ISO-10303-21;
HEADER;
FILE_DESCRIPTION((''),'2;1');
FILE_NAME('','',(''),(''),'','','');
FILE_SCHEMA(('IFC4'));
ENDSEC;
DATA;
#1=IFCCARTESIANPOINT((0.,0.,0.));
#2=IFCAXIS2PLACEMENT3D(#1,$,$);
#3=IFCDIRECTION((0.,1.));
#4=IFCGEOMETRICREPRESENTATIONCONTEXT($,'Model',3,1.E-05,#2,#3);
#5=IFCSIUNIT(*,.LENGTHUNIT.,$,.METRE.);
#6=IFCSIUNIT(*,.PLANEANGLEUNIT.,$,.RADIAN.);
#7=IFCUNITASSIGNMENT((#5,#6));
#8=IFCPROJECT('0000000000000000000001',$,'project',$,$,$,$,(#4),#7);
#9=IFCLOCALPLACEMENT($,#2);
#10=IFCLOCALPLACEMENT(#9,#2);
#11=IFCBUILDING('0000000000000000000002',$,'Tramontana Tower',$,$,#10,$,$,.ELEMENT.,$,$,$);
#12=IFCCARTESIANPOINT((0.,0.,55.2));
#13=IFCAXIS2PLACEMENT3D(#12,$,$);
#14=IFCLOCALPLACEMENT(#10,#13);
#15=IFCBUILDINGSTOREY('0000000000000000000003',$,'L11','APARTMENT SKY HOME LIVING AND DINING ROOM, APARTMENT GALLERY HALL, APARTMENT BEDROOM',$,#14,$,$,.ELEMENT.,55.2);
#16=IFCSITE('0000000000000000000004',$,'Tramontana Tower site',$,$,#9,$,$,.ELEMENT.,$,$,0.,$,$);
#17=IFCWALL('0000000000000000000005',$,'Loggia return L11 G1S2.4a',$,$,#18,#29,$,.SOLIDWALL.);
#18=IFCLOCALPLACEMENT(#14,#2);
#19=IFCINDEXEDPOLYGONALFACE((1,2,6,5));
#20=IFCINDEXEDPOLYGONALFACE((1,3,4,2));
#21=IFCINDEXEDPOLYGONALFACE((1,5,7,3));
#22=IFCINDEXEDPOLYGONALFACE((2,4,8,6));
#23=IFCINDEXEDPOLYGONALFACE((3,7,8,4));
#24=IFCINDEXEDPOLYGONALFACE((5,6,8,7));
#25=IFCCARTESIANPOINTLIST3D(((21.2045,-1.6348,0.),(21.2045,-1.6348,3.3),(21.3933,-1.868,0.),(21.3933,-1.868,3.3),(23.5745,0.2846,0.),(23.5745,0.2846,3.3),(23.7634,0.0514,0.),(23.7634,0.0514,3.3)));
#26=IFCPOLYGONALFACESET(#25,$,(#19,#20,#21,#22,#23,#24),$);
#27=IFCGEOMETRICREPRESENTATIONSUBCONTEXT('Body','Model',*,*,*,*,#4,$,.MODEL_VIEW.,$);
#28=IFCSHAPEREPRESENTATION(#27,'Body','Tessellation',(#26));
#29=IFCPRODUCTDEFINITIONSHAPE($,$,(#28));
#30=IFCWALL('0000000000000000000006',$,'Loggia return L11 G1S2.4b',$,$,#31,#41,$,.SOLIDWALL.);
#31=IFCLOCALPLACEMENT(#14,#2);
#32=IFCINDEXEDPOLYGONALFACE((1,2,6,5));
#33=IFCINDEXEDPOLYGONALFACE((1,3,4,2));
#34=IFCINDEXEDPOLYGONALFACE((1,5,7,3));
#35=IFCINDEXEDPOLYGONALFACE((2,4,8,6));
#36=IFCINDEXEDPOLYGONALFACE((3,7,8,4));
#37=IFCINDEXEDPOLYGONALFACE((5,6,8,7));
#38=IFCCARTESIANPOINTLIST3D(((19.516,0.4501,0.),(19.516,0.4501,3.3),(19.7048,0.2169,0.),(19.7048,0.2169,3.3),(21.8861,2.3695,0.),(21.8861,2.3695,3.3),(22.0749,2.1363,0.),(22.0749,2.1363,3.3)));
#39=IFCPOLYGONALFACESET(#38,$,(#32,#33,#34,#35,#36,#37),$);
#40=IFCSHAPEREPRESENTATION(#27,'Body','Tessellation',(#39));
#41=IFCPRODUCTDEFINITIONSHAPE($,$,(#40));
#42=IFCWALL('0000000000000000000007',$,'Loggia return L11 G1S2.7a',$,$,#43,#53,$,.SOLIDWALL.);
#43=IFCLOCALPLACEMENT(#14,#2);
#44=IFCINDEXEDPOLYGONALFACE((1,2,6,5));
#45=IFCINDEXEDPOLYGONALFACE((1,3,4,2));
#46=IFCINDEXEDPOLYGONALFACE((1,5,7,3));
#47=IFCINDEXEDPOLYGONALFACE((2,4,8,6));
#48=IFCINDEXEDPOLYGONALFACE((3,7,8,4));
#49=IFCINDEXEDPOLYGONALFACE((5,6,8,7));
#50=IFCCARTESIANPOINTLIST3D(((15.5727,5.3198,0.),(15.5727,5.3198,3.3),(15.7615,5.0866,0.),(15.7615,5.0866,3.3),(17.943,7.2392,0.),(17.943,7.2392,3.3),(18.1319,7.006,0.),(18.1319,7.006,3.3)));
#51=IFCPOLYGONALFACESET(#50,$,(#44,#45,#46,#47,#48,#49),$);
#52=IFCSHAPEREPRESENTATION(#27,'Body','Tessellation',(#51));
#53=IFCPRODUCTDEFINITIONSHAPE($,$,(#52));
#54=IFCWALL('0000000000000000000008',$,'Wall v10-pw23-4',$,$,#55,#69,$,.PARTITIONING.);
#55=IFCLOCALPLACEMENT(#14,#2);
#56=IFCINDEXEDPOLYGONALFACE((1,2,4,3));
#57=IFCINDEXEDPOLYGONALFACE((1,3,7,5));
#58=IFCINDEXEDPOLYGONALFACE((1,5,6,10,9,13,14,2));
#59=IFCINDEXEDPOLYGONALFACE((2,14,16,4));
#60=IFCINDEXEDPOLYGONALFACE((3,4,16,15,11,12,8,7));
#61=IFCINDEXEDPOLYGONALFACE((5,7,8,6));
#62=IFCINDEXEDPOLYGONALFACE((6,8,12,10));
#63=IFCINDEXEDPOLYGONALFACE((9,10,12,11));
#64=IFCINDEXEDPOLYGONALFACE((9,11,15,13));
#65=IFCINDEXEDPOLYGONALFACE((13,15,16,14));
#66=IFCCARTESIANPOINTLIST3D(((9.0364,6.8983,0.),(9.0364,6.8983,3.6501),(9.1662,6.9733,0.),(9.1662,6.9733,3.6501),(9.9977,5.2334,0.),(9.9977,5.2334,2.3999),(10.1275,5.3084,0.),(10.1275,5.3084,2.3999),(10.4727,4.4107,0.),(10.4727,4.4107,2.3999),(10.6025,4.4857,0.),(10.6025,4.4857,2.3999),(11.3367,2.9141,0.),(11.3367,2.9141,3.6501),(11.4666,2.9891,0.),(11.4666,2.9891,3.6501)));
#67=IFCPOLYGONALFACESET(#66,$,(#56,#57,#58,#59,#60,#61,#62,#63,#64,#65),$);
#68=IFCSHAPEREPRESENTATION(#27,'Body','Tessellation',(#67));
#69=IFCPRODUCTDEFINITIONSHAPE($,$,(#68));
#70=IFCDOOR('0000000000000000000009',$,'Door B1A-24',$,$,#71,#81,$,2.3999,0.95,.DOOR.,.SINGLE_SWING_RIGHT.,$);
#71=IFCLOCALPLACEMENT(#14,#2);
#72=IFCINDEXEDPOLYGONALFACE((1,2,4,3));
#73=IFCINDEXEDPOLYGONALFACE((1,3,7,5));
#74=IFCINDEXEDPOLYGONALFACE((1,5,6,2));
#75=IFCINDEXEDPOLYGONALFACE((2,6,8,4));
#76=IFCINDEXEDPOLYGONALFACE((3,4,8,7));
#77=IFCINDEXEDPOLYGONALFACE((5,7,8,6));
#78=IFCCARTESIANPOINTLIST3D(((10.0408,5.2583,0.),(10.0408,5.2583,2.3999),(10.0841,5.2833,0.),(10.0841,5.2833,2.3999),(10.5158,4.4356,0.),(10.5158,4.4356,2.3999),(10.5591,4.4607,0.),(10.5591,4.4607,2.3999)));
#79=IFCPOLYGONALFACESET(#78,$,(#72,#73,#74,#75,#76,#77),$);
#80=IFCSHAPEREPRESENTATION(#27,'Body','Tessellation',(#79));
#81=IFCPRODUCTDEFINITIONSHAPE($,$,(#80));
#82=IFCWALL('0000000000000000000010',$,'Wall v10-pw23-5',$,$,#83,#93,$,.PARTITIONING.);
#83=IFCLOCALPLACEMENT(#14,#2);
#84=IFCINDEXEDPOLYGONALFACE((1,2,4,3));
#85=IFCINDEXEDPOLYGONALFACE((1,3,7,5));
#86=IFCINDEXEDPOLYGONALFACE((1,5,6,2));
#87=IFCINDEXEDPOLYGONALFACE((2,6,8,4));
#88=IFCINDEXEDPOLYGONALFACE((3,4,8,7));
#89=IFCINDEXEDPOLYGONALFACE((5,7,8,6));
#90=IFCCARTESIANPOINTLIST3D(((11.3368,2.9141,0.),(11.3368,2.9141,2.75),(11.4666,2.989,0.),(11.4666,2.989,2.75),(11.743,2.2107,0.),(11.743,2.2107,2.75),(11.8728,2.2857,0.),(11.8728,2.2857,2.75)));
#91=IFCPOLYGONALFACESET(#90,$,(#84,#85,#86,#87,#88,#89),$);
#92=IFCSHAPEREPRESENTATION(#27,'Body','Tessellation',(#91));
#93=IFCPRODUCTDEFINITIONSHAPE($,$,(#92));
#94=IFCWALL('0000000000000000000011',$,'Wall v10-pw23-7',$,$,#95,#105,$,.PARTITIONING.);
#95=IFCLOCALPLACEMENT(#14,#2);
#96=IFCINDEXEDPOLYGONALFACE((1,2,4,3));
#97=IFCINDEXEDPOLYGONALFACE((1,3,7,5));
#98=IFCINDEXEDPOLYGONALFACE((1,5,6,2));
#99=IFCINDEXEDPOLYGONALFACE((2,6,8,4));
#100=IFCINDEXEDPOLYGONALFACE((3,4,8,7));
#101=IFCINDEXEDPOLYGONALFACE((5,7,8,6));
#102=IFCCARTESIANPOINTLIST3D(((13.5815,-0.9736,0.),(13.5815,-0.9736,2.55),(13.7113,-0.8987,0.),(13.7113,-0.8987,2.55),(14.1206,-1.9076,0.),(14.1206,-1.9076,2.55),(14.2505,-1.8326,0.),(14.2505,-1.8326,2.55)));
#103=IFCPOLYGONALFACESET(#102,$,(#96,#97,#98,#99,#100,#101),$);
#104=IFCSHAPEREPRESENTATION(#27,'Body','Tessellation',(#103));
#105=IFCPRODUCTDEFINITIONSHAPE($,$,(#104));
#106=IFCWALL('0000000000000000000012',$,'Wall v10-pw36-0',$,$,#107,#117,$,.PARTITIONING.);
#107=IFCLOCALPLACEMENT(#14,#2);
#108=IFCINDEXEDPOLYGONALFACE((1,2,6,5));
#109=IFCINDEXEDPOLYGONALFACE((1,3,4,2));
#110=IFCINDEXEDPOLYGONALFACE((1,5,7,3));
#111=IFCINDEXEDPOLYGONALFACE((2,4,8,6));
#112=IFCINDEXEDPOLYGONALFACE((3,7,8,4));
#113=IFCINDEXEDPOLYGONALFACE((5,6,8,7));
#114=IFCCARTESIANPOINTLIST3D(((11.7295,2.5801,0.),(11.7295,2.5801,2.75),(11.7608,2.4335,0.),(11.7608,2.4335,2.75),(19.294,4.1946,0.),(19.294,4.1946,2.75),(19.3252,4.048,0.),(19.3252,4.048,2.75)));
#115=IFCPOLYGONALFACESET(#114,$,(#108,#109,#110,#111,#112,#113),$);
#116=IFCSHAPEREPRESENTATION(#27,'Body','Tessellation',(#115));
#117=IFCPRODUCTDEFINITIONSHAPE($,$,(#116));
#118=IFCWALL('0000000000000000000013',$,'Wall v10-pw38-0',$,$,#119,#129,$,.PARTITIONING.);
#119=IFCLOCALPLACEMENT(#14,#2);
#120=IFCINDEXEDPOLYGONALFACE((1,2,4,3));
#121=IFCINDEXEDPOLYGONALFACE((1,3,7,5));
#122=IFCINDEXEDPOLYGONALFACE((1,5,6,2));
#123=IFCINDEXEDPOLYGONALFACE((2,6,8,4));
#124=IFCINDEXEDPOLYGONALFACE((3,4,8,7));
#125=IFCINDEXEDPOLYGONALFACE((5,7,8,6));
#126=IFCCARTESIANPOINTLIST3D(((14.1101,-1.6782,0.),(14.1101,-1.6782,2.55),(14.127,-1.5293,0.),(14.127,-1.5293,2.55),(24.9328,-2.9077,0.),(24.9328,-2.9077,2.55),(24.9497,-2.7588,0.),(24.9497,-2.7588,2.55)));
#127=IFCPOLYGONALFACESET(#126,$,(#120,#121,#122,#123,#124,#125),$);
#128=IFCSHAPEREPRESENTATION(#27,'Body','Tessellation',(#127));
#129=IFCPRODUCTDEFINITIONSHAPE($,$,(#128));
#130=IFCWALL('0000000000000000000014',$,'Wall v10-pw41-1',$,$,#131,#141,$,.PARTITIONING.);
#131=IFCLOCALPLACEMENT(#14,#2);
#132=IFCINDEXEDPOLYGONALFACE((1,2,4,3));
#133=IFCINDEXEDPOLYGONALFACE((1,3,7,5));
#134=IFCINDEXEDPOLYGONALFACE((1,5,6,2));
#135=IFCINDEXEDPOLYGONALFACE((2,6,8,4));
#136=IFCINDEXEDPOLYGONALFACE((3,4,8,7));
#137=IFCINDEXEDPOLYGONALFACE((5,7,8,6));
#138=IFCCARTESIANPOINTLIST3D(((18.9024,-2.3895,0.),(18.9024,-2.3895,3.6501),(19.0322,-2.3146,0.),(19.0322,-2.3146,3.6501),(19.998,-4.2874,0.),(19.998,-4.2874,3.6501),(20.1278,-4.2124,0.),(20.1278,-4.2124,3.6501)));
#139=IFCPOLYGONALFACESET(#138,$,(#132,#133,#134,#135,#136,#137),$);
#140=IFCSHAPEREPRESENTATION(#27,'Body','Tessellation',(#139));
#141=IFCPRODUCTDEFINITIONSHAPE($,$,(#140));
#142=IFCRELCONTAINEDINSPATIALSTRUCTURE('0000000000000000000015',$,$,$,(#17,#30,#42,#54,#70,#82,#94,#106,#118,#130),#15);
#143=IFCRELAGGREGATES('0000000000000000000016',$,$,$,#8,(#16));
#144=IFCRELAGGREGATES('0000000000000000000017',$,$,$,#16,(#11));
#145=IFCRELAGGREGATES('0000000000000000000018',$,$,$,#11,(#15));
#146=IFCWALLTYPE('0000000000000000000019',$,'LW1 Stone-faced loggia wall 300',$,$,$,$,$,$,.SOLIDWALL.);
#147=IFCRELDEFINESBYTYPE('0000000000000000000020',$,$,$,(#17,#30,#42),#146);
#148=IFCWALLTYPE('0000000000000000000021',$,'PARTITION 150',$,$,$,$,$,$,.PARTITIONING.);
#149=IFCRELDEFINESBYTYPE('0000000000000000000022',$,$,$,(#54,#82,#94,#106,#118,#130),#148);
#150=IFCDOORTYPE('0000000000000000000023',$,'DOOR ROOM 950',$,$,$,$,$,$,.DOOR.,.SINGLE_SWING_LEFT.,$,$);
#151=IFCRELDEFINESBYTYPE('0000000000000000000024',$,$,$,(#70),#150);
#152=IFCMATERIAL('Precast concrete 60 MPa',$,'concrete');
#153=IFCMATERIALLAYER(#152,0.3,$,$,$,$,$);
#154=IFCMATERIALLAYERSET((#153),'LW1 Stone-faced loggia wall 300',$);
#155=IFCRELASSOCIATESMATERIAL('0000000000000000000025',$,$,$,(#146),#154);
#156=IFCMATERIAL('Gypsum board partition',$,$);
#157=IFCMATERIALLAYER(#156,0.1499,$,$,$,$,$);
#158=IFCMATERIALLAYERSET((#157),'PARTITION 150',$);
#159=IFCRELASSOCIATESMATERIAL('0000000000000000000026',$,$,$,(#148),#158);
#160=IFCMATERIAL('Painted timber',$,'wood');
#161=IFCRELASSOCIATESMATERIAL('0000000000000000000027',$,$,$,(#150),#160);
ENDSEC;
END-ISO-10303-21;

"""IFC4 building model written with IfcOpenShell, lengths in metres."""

from ifc_helpers import new_model, si_unit, direction, frame, frame_2d, origin, place, context, subcontext, project, spatial, rectangle, extrude, material, layer, layer_set, type_object, element, fill, save


model = new_model("IFC4")

# Units and contexts
model_context = context("Model", 3, precision=1e-05, world=origin(), true_north=direction((0.0, 1.0)))
body_context = subcontext(model_context, "Body", "Model", "MODEL_VIEW")
ifc_project = project(units=[si_unit("LENGTHUNIT", "METRE"), si_unit("PLANEANGLEUNIT", "RADIAN")], contexts=[model_context])

# Site, building, storey
site_placement = place(None, origin())
site = spatial("IfcSite", under=ifc_project, at=site_placement, Name="Tramontana Tower site", CompositionType="ELEMENT", RefElevation=0.0)
building_placement = place(site_placement, origin())
building = spatial("IfcBuilding", under=site, at=building_placement, Name="Tramontana Tower", CompositionType="ELEMENT")
storey_placement = place(building_placement, frame((0.0, 0.0, 55.2)))
storey = spatial("IfcBuildingStorey", under=building, at=storey_placement, Name="L11", Description="APARTMENT SKY HOME LIVING AND DINING ROOM, APARTMENT GALLERY HALL, APARTMENT BEDROOM", CompositionType="ELEMENT", Elevation=55.2)

# Shared definitions
ifc_material_1 = material(Name="Precast concrete 60 MPa", Category="concrete")
ifc_layer_1 = layer(ifc_material_1, 0.3)
ifc_layer_set_1 = layer_set([ifc_layer_1], Name="LW1 Stone-faced loggia wall 300")
wall_type_1 = type_object("IfcWallType", Name="LW1 Stone-faced loggia wall 300", PredefinedType="SOLIDWALL", material=ifc_layer_set_1)

# Walls
for number, where, z_axis, x_axis, name in (
    (1, (23.6689, 0.168, 0.0), (0.0, 0.0, 1.0), (-0.777122, -0.62935, 0.0), "Loggia return L11 G1S2.4a"),
    (2, (21.9805, 2.2529, 0.0), (0.0, 0.0, 1.0), (-0.777122, -0.62935, 0.0), "Loggia return L11 G1S2.4b"),
):
    element("IfcWall", number, at=place(storey_placement, frame(where, z_axis=z_axis, x_axis=x_axis)), inside=storey, type_object=wall_type_1, Name=name, PredefinedType="SOLIDWALL", context=body_context, shape_type="SweptSolid", body=[
        extrude(rectangle(XDim=3.0498, YDim=0.3, at=frame_2d((1.5249, 0.0))), origin(), (0.0, 0.0, 1.0), 3.3),
    ])

# Wall
wall_1_placement = place(storey_placement, frame((18.0374, 7.1226, 0.0), z_axis=(0.0, 0.0, 1.0), x_axis=(-0.777154, -0.629311, 0.0)))
element("IfcWall", 3, at=wall_1_placement, inside=storey, type_object=wall_type_1, Name="Loggia return L11 G1S2.7a", PredefinedType="SOLIDWALL", context=body_context, shape_type="SweptSolid", body=[
    extrude(rectangle(XDim=3.05, YDim=0.3, at=frame_2d((1.5249, 0.0))), origin(), (0.0, 0.0, 1.0), 3.3),
])

# Wall, opening, door
ifc_material_2 = material(Name="Gypsum board partition")
ifc_layer_2 = layer(ifc_material_2, 0.1499)
ifc_layer_set_2 = layer_set([ifc_layer_2], Name="PARTITION 150")
wall_type_2 = type_object("IfcWallType", Name="PARTITION 150", PredefinedType="PARTITIONING", material=ifc_layer_set_2)
wall_2_placement = place(storey_placement, frame((9.1013, 6.9358, 0.0), z_axis=(0.0, 0.0, 1.0), x_axis=(0.500009, -0.86602, 0.0)))
wall_2 = element("IfcWall", 4, at=wall_2_placement, inside=storey, type_object=wall_type_2, Name="Wall v10-pw23-4", PredefinedType="PARTITIONING", context=body_context, shape_type="SweptSolid", body=[
    extrude(rectangle(XDim=4.6006, YDim=0.1499, at=frame_2d((2.3003, 0.0))), origin(), (0.0, 0.0, 1.0), 3.6501),
])
opening_1_placement = place(wall_2_placement, frame((1.9224, 0.0, 0.0)))
opening_1 = element("IfcOpeningElement", 5, at=opening_1_placement, cuts=wall_2, PredefinedType="OPENING", context=body_context, shape_type="SweptSolid", body=[
    extrude(rectangle(XDim=0.95, YDim=2.3999, at=frame_2d((0.4751, 1.2))), frame((0.0, 0.085, 0.0), z_axis=(0.0, -1.0, 0.0), x_axis=(1.0, 0.0, 0.0)), (0.0, 0.0, 1.0), 0.1699),
])
ifc_material_3 = material(Name="Painted timber", Category="wood")
door_type_1 = type_object("IfcDoorType", Name="DOOR ROOM 950", OperationType="SINGLE_SWING_LEFT", PredefinedType="DOOR", material=ifc_material_3)
door_1_placement = place(opening_1_placement, origin())
door_1 = element("IfcDoor", 6, at=door_1_placement, inside=storey, type_object=door_type_1, Name="Door B1A-24", OperationType="SINGLE_SWING_RIGHT", OverallHeight=2.3999, OverallWidth=0.95, PredefinedType="DOOR", context=body_context, shape_type="SweptSolid", body=[
    extrude(rectangle(XDim=0.95, YDim=2.3999, at=frame_2d((0.4751, 1.2))), frame((0.0, 0.0249, 0.0), z_axis=(0.0, -1.0, 0.0), x_axis=(1.0, 0.0, 0.0)), (0.0, 0.0, 1.0), 0.05),
])
fill(opening_1, door_1)

# Wall
wall_3_placement = place(storey_placement, frame((11.4016, 2.9517, 0.0), z_axis=(0.0, 0.0, 1.0), x_axis=(0.500147, -0.86594, 0.0)))
element("IfcWall", 7, at=wall_3_placement, inside=storey, type_object=wall_type_2, Name="Wall v10-pw23-5", PredefinedType="PARTITIONING", context=body_context, shape_type="SweptSolid", body=[
    extrude(rectangle(XDim=0.8123, YDim=0.1499, at=frame_2d((0.4062, 0.0))), origin(), (0.0, 0.0, 1.0), 2.75),
])

# Wall
wall_4_placement = place(storey_placement, frame((13.6465, -0.9363, 0.0), z_axis=(0.0, 0.0, 1.0), x_axis=(0.499938, -0.866061, 0.0)))
element("IfcWall", 8, at=wall_4_placement, inside=storey, type_object=wall_type_2, Name="Wall v10-pw23-7", PredefinedType="PARTITIONING", context=body_context, shape_type="SweptSolid", body=[
    extrude(rectangle(XDim=1.0784, YDim=0.1499, at=frame_2d((0.5391, 0.0))), origin(), (0.0, 0.0, 1.0), 2.55),
])

# Walls
wall_5_placement = place(storey_placement, frame((11.7451, 2.5068, 0.0), z_axis=(0.0, 0.0, 1.0), x_axis=(0.977973, 0.208731, 0.0)))
element("IfcWall", 9, at=wall_5_placement, inside=storey, type_object=wall_type_2, Name="Wall v10-pw36-0", PredefinedType="PARTITIONING", context=body_context, shape_type="SweptSolid", body=[
    extrude(rectangle(XDim=7.7349, YDim=0.1499, at=frame_2d((3.8674, 0.0))), origin(), (0.0, 0.0, 1.0), 2.75),
])
wall_6_placement = place(storey_placement, frame((14.1184, -1.6038, 0.0), z_axis=(0.0, 0.0, 1.0), x_axis=(0.993609, -0.112876, 0.0)))
element("IfcWall", 10, at=wall_6_placement, inside=storey, type_object=wall_type_2, Name="Wall v10-pw38-0", PredefinedType="PARTITIONING", context=body_context, shape_type="SweptSolid", body=[
    extrude(rectangle(XDim=10.8923, YDim=0.1499, at=frame_2d((5.4463, 0.0))), origin(), (0.0, 0.0, 1.0), 2.55),
])
wall_7_placement = place(storey_placement, frame((18.9673, -2.3521, 0.0), z_axis=(0.0, 0.0, 1.0), x_axis=(0.499973, -0.866041, 0.0)))
element("IfcWall", 11, at=wall_7_placement, inside=storey, type_object=wall_type_2, Name="Wall v10-pw41-1", PredefinedType="PARTITIONING", context=body_context, shape_type="SweptSolid", body=[
    extrude(rectangle(XDim=2.1914, YDim=0.1499, at=frame_2d((1.0957, 0.0))), origin(), (0.0, 0.0, 1.0), 3.6501),
])

save(model, "model.ifc")
